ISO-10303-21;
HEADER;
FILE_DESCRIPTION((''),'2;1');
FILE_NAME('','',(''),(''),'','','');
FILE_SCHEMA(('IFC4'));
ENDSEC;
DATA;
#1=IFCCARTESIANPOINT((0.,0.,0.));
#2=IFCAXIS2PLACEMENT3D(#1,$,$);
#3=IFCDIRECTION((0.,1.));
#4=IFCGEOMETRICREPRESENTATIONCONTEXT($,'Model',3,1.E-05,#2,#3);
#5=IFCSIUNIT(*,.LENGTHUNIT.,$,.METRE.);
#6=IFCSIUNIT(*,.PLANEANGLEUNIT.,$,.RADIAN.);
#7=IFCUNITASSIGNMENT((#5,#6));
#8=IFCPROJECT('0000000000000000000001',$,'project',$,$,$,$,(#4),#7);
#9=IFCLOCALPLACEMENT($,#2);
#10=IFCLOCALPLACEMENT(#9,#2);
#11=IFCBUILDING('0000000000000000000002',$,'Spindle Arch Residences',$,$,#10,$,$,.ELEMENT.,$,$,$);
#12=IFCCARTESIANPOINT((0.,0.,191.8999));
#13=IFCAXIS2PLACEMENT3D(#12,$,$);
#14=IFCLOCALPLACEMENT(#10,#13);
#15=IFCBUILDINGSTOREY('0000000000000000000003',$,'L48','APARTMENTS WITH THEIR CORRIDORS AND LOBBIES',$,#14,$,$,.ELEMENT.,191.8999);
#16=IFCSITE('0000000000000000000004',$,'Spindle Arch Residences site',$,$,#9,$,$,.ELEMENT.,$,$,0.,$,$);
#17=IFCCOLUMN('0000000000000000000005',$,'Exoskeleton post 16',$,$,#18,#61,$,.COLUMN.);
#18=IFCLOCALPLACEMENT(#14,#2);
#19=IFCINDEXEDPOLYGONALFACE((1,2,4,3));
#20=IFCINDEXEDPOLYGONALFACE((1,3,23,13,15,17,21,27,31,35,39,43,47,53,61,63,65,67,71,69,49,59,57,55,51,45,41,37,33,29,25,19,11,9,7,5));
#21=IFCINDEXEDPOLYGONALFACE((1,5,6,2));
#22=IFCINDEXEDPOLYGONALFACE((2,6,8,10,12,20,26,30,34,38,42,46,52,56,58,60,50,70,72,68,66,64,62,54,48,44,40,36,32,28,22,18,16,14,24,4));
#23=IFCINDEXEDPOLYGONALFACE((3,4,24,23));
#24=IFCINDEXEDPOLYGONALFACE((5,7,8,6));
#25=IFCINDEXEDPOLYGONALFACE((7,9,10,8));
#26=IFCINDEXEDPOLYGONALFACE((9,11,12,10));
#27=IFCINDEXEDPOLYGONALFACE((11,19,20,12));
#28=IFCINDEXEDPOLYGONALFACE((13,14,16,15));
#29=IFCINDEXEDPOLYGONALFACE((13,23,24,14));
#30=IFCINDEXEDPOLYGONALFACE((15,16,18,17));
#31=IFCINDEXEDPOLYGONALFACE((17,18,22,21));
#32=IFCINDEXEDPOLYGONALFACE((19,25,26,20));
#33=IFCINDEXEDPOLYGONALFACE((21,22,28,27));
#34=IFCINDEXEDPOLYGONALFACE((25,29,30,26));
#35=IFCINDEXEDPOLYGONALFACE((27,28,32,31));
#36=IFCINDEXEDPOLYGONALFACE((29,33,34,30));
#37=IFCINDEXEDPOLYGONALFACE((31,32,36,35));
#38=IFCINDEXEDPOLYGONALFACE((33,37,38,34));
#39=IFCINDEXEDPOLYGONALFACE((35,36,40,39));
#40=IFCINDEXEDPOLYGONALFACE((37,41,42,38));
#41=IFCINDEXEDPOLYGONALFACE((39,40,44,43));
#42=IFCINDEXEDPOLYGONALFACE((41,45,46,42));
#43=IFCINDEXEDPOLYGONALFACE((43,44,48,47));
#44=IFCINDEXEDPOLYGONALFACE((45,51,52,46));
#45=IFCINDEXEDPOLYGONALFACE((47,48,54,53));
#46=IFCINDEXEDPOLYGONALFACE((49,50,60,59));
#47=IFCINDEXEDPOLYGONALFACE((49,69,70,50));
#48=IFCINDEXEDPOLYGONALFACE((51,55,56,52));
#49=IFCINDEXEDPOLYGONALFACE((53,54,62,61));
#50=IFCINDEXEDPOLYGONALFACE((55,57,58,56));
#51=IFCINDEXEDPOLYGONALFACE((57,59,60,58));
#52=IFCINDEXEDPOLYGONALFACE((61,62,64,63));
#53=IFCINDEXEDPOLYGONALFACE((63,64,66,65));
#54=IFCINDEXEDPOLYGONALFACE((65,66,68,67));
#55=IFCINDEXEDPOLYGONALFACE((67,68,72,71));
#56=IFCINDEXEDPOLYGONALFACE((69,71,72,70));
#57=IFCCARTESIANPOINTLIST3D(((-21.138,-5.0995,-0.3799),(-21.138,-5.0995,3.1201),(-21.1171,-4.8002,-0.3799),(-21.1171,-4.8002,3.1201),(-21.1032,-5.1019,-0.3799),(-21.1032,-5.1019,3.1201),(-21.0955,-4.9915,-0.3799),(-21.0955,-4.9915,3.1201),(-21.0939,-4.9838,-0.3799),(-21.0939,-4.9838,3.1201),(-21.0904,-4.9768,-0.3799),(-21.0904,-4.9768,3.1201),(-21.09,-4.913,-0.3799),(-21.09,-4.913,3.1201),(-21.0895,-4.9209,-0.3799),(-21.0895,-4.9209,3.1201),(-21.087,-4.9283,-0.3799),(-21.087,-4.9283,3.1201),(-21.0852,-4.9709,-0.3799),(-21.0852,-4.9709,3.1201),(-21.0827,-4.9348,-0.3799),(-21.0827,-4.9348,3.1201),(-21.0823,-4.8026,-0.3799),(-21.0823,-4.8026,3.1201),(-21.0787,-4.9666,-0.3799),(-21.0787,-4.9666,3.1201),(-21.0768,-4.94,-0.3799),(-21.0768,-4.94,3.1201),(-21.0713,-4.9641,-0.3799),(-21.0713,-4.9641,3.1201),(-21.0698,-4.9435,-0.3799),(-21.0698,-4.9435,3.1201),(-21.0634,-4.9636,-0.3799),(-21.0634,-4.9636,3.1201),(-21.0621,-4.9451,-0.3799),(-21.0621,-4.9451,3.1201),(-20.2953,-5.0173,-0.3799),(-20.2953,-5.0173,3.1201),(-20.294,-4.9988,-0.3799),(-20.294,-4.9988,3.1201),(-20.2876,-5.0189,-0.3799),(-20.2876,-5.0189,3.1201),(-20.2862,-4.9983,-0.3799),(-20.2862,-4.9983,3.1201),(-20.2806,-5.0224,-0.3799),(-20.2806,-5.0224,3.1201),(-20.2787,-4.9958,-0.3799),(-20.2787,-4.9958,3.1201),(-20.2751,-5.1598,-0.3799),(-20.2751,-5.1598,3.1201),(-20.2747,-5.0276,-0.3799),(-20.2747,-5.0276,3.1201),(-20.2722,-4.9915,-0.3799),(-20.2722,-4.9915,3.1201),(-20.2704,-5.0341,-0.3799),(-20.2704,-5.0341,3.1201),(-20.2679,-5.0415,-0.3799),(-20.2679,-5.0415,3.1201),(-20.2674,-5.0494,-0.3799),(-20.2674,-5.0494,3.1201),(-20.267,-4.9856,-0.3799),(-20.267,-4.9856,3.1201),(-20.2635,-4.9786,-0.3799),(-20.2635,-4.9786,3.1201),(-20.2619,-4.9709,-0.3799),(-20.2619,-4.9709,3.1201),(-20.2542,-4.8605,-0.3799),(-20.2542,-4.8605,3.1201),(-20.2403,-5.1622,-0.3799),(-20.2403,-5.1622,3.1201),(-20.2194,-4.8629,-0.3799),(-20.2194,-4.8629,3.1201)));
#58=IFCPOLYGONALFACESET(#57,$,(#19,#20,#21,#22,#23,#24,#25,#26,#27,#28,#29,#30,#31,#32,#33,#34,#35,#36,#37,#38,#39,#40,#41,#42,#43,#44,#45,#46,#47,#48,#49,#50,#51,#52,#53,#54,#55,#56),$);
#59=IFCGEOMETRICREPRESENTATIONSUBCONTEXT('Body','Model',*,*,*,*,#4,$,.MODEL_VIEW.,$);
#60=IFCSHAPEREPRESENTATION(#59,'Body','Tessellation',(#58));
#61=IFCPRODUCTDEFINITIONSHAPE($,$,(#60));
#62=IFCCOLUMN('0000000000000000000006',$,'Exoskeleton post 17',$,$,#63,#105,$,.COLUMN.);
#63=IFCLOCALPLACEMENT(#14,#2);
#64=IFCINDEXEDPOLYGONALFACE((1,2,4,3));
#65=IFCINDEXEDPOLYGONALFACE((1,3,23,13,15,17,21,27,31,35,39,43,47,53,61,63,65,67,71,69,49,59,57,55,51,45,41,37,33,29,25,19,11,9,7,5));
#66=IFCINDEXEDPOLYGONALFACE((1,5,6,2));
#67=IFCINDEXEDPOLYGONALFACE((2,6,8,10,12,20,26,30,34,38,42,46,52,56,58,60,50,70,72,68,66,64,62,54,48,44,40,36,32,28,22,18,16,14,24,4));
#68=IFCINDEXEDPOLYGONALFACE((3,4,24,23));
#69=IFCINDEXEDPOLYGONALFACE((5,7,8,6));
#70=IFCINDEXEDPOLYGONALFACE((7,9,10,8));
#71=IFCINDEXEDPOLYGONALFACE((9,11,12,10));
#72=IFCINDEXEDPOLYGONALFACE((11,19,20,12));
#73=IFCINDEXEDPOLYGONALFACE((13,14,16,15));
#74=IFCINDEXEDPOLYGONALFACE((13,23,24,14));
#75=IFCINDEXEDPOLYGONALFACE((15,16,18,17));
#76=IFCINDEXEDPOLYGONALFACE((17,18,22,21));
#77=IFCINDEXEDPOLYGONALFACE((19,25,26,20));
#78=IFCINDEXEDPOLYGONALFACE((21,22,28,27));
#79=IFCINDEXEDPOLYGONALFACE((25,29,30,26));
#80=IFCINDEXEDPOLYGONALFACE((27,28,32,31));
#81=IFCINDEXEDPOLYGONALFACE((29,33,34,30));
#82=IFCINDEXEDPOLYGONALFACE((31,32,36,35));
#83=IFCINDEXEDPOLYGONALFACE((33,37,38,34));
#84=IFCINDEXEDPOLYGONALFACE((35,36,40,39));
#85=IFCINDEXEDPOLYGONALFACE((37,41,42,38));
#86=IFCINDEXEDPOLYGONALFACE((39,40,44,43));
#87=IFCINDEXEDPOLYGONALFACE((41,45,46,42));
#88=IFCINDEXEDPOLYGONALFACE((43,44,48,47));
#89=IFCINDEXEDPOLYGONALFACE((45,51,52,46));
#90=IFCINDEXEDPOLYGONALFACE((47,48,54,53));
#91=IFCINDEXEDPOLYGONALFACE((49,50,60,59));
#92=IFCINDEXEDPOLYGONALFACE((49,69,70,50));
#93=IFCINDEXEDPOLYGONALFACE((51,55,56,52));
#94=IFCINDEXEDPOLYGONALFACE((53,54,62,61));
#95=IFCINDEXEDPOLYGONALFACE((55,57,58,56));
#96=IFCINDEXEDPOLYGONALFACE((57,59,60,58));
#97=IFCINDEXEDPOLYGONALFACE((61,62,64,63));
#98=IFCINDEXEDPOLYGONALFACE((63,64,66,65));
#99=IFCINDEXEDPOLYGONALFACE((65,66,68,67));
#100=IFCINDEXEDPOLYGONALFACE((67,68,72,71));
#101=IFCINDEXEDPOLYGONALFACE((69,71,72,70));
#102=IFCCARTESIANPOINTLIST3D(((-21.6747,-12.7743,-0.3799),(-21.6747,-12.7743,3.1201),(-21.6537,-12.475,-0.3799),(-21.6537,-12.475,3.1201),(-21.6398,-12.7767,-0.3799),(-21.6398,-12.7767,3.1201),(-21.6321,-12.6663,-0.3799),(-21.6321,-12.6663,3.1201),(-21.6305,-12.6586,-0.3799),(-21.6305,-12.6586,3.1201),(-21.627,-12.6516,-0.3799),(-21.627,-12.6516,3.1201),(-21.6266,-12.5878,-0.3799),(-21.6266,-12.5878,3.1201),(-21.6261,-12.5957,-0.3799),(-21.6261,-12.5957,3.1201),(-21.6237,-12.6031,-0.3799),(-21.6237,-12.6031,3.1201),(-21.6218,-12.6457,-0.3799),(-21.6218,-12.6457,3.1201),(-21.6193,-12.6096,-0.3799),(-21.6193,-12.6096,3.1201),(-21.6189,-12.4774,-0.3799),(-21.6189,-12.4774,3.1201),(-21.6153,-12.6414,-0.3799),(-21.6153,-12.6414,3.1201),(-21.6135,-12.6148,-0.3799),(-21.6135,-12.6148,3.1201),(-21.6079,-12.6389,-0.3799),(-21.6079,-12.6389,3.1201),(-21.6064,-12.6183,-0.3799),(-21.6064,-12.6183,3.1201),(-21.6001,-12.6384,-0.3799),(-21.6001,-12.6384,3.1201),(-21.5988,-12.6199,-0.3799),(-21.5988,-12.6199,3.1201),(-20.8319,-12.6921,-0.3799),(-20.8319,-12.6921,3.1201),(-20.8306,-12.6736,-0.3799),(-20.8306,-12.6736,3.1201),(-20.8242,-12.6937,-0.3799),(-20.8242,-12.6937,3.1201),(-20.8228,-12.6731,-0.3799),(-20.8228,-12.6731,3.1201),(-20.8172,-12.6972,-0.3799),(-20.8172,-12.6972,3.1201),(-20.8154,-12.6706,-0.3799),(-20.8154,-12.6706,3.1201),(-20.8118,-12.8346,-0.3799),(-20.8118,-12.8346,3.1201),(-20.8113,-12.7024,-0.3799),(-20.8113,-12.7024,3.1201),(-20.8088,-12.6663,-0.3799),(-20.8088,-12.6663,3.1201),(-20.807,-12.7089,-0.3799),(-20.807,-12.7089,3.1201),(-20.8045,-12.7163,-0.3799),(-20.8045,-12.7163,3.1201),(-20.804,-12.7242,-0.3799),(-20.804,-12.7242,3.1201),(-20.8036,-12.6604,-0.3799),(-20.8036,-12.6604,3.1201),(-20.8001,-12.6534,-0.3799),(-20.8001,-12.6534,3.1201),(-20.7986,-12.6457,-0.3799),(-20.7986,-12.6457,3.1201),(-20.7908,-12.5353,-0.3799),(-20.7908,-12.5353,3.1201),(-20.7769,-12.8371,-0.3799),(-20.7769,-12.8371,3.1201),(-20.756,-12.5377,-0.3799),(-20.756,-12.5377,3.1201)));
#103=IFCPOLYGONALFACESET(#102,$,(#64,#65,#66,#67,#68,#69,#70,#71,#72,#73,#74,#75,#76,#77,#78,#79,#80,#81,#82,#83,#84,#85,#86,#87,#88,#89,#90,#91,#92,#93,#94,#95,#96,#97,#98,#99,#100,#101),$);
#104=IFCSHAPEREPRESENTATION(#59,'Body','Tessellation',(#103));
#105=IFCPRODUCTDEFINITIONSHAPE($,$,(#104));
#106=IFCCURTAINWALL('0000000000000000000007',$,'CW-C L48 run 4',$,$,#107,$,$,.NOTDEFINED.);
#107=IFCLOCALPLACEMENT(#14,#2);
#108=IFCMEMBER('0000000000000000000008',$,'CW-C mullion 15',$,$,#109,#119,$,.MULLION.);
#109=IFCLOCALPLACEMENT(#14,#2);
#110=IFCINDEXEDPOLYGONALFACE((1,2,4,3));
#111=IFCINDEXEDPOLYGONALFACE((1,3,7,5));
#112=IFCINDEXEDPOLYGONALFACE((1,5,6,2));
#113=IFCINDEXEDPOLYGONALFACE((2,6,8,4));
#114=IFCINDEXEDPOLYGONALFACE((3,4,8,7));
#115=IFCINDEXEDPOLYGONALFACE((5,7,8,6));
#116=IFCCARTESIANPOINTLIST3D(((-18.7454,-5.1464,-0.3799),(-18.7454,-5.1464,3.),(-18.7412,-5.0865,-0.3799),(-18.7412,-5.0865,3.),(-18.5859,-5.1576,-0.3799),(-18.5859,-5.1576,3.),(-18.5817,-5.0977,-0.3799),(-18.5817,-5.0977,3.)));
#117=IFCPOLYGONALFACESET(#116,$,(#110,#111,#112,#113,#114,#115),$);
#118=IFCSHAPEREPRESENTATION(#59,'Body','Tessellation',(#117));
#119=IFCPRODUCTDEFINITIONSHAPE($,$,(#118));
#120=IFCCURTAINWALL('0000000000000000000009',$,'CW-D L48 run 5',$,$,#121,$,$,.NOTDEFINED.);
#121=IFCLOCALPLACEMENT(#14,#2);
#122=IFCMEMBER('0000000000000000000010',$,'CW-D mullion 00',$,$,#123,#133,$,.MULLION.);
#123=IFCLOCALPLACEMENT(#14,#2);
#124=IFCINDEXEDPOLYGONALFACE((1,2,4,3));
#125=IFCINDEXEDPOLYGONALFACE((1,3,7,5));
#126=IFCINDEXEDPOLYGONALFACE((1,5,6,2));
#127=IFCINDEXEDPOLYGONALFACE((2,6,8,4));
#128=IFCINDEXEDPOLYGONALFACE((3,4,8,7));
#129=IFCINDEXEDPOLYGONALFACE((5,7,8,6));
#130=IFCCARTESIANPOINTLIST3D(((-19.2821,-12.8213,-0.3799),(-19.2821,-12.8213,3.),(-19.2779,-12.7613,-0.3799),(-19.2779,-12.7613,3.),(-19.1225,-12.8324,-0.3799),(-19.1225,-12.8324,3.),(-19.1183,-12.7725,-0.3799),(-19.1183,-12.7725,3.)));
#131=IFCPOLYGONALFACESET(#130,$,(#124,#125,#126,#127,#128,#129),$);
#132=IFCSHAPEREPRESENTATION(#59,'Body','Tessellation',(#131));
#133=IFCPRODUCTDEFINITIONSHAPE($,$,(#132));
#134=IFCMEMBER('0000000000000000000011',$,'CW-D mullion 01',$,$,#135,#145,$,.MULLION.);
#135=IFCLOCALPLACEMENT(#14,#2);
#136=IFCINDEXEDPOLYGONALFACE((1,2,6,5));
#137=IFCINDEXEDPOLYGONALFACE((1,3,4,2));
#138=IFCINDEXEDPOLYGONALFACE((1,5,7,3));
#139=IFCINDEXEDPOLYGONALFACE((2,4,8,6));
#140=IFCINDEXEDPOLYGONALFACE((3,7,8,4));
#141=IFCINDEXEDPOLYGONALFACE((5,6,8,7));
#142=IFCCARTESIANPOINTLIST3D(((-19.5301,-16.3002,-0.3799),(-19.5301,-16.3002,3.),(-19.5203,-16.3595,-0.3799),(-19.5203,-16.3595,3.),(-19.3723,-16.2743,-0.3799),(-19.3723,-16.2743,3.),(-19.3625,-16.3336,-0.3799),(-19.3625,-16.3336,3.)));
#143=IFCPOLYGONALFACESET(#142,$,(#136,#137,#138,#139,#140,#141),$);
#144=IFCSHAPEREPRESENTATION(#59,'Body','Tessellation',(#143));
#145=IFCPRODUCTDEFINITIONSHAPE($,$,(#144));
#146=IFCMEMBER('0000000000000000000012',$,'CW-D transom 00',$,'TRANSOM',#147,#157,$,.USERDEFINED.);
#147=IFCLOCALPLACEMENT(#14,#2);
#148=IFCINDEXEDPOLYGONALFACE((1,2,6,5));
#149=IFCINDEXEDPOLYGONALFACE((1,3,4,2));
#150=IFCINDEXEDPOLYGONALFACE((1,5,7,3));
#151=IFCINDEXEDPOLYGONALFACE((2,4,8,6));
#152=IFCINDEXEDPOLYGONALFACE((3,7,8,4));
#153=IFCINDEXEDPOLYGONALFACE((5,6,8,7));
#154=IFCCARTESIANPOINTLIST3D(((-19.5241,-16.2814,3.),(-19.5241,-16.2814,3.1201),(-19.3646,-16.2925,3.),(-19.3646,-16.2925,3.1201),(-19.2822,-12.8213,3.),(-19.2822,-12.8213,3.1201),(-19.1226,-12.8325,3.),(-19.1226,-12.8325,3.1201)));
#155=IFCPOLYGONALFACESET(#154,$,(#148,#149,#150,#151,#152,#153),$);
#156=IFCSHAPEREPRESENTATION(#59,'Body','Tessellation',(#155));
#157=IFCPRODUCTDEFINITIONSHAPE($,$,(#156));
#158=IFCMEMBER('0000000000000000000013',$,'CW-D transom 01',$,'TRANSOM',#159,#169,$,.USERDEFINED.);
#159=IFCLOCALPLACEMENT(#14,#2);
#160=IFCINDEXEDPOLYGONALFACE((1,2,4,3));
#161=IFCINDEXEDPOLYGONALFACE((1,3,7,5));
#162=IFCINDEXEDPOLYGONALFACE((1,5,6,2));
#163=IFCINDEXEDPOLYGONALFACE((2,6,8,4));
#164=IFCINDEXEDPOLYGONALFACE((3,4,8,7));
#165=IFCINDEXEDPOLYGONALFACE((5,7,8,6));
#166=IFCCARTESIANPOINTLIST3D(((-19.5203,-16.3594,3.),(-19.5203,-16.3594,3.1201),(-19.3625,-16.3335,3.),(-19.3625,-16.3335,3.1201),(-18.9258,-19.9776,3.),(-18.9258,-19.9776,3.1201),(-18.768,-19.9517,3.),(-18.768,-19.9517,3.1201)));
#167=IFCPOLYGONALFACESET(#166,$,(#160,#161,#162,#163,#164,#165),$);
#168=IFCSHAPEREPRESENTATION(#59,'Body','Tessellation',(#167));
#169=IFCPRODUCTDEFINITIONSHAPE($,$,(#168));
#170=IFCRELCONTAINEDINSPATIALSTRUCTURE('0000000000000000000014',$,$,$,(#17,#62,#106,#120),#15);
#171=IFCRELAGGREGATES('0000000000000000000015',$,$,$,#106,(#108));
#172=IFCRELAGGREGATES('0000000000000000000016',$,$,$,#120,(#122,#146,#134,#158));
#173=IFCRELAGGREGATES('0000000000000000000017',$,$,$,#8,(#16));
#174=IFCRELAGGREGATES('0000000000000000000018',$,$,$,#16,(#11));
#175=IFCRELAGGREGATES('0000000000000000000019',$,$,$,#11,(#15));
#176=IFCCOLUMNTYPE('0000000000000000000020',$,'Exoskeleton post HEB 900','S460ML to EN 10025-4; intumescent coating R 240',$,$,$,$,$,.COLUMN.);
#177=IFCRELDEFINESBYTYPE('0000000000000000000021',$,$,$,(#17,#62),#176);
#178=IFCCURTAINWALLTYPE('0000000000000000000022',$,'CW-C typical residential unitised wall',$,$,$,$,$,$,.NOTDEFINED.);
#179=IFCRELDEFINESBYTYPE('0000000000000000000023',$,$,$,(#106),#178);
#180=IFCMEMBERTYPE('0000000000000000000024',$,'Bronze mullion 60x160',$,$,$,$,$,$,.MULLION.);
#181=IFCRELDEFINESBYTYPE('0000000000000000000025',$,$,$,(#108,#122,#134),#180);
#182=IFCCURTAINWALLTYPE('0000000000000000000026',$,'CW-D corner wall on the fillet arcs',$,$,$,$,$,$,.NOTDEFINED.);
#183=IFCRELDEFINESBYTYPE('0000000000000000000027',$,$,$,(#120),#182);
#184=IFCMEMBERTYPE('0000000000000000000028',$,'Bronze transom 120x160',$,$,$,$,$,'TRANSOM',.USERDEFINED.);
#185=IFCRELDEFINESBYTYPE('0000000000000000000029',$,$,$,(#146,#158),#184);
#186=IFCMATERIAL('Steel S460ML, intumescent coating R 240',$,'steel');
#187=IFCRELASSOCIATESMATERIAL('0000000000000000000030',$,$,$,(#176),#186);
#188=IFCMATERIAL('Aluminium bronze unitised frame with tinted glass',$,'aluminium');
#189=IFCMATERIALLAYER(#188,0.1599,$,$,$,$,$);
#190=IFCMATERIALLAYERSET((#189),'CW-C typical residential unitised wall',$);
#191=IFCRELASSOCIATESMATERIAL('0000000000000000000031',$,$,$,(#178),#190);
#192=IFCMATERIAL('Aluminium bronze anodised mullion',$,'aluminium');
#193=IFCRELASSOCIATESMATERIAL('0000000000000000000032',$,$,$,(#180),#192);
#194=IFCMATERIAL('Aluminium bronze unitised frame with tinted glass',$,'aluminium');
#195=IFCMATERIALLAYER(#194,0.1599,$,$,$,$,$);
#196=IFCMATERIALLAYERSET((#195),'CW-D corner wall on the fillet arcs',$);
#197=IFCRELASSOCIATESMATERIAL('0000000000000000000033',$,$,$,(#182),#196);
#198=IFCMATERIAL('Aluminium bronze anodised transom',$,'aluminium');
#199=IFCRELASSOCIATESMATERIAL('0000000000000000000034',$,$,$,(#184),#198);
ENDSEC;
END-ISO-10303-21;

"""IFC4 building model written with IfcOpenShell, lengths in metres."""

from ifc_helpers import new_model, si_unit, direction, frame, origin, origin_2d, place, context, subcontext, project, spatial, rectangle, i_section, extrude, material, layer, layer_set, material_profile, profile_set, type_object, element, aggregate, save


model = new_model("IFC4")

# Units and contexts
model_context = context("Model", 3, precision=1e-05, world=origin(), true_north=direction((0.0, 1.0)))
body_context = subcontext(model_context, "Body", "Model", "MODEL_VIEW")
ifc_project = project(units=[si_unit("LENGTHUNIT", "METRE"), si_unit("PLANEANGLEUNIT", "RADIAN")], contexts=[model_context])

# Site, building, storey
site_placement = place(None, origin())
site = spatial("IfcSite", under=ifc_project, at=site_placement, Name="Spindle Arch Residences site", CompositionType="ELEMENT", RefElevation=0.0)
building_placement = place(site_placement, origin())
building = spatial("IfcBuilding", under=site, at=building_placement, Name="Spindle Arch Residences", CompositionType="ELEMENT")
storey_placement = place(building_placement, frame((0.0, 0.0, 191.8999)))
storey = spatial("IfcBuildingStorey", under=building, at=storey_placement, Name="L48", Description="APARTMENTS WITH THEIR CORRIDORS AND LOBBIES", CompositionType="ELEMENT", Elevation=191.8999)

# Columns
ifc_material_1 = material(Name="Steel S460ML, intumescent coating R 240", Category="steel")
ifc_material_profile_1 = material_profile(ifc_material_1, i_section(OverallWidth=0.3, OverallDepth=0.8999, WebThickness=0.0186, FlangeThickness=0.0349, FilletRadius=0.03, at=origin_2d()), Name="HEB 900")
ifc_profile_set_1 = profile_set([ifc_material_profile_1], Name="Steel S460ML, intumescent coating R 240")
column_type = type_object("IfcColumnType", Name="Exoskeleton post HEB 900", Description="S460ML to EN 10025-4; intumescent coating R 240", PredefinedType="COLUMN", material=ifc_profile_set_1)
for number, where, z_axis, x_axis, name in (
    (1, (-20.6787, -4.9812, -0.3799), (0.0, 0.0, 1.0), (0.069756, 0.997564, 0.0), "Exoskeleton post 16"),
    (2, (-21.2153, -12.656, -0.3799), (0.0, 0.0, 1.0), (0.069756, 0.997564, 0.0), "Exoskeleton post 17"),
):
    element("IfcColumn", number, at=place(storey_placement, frame(where, z_axis=z_axis, x_axis=x_axis)), inside=storey, type_object=column_type, Name=name, PredefinedType="COLUMN", context=body_context, shape_type="SweptSolid", body=[
        extrude(i_section(OverallWidth=0.3, OverallDepth=0.8999, WebThickness=0.0186, FlangeThickness=0.0349, FilletRadius=0.03, at=origin_2d()), origin(), (0.0, 0.0, 1.0), 3.5),
    ])

# Curtain wall, member
ifc_material_2 = material(Name="Aluminium bronze unitised frame with tinted glass", Category="aluminium")
ifc_layer_1 = layer(ifc_material_2, 0.1599)
ifc_layer_set_1 = layer_set([ifc_layer_1], Name="CW-C typical residential unitised wall")
curtain_wall_type_1 = type_object("IfcCurtainWallType", Name="CW-C typical residential unitised wall", PredefinedType="NOTDEFINED", material=ifc_layer_set_1)
curtain_wall_1_placement = place(storey_placement, origin())
curtain_wall_1 = element("IfcCurtainWall", 3, at=curtain_wall_1_placement, inside=storey, type_object=curtain_wall_type_1, Name="CW-C L48 run 4", PredefinedType="NOTDEFINED")
ifc_material_3 = material(Name="Aluminium bronze anodised mullion", Category="aluminium")
ifc_material_profile_2 = material_profile(ifc_material_3, rectangle(XDim=0.1599, YDim=0.0601, at=origin_2d()), Name="MU 60x160")
ifc_profile_set_2 = profile_set([ifc_material_profile_2], Name="Aluminium bronze anodised mullion")
member_type_1 = type_object("IfcMemberType", Name="Bronze mullion 60x160", PredefinedType="MULLION", material=ifc_profile_set_2)
member_1_placement = place(storey_placement, frame((-18.6636, -5.1221, -0.3799), z_axis=(0.0, 0.0, 1.0), x_axis=(0.997564, -0.069756, 0.0)))
member_1 = element("IfcMember", 4, at=member_1_placement, type_object=member_type_1, Name="CW-C mullion 15", PredefinedType="MULLION", context=body_context, shape_type="SweptSolid", body=[
    extrude(rectangle(XDim=0.1599, YDim=0.0601, at=origin_2d()), origin(), (0.0, 0.0, 1.0), 3.3799),
])

# Curtain wall, members
ifc_material_4 = material(Name="Aluminium bronze unitised frame with tinted glass", Category="aluminium")
ifc_layer_2 = layer(ifc_material_4, 0.1599)
ifc_layer_set_2 = layer_set([ifc_layer_2], Name="CW-D corner wall on the fillet arcs")
curtain_wall_type_2 = type_object("IfcCurtainWallType", Name="CW-D corner wall on the fillet arcs", PredefinedType="NOTDEFINED", material=ifc_layer_set_2)
curtain_wall_2_placement = place(storey_placement, origin())
curtain_wall_2 = element("IfcCurtainWall", 5, at=curtain_wall_2_placement, inside=storey, type_object=curtain_wall_type_2, Name="CW-D L48 run 5", PredefinedType="NOTDEFINED")
member_2_placement = place(storey_placement, frame((-19.2002, -12.7969, -0.3799), z_axis=(0.0, 0.0, 1.0), x_axis=(0.997564, -0.069756, 0.0)))
member_2 = element("IfcMember", 6, at=member_2_placement, type_object=member_type_1, Name="CW-D mullion 00", PredefinedType="MULLION", context=body_context, shape_type="SweptSolid", body=[
    extrude(rectangle(XDim=0.1599, YDim=0.0601, at=origin_2d()), origin(), (0.0, 0.0, 1.0), 3.3799),
])
member_3_placement = place(storey_placement, frame((-19.4463, -16.3169, -0.3799), z_axis=(0.0, 0.0, 1.0), x_axis=(0.986762, 0.162178, 0.0)))
member_3 = element("IfcMember", 7, at=member_3_placement, type_object=member_type_1, Name="CW-D mullion 01", PredefinedType="MULLION", context=body_context, shape_type="SweptSolid", body=[
    extrude(rectangle(XDim=0.1599, YDim=0.0601, at=origin_2d()), origin(), (0.0, 0.0, 1.0), 3.3799),
])
ifc_material_5 = material(Name="Aluminium bronze anodised transom", Category="aluminium")
ifc_material_profile_3 = material_profile(ifc_material_5, rectangle(XDim=0.1599, YDim=0.1201, at=origin_2d()), Name="TR 120x160")
ifc_profile_set_3 = profile_set([ifc_material_profile_3], Name="Aluminium bronze anodised transom")
member_type_2 = type_object("IfcMemberType", Name="Bronze transom 120x160", ElementType="TRANSOM", PredefinedType="USERDEFINED", material=ifc_profile_set_3)
member_4_placement = place(storey_placement, frame((-19.2024, -12.8269, 3.0601), z_axis=(-0.069756, -0.997564, 0.0), x_axis=(0.997564, -0.069756, 0.0)))
member_4 = element("IfcMember", 8, at=member_4_placement, type_object=member_type_2, Name="CW-D transom 00", ObjectType="TRANSOM", PredefinedType="USERDEFINED", context=body_context, shape_type="SweptSolid", body=[
    extrude(rectangle(XDim=0.1599, YDim=0.1201, at=origin_2d()), origin(), (0.0, 0.0, 1.0), 3.4685),
])
member_5_placement = place(storey_placement, frame((-19.4414, -16.3464, 3.0601), z_axis=(0.162131, -0.986769, 0.0), x_axis=(0.986769, 0.162131, 0.0)))
member_5 = element("IfcMember", 9, at=member_5_placement, type_object=member_type_2, Name="CW-D transom 01", ObjectType="TRANSOM", PredefinedType="USERDEFINED", context=body_context, shape_type="SweptSolid", body=[
    extrude(rectangle(XDim=0.1599, YDim=0.1201, at=origin_2d()), origin(), (0.0, 0.0, 1.0), 3.6667),
])

aggregate(curtain_wall_1, [member_1])
aggregate(curtain_wall_2, [member_2, member_4, member_3, member_5])

save(model, "model.ifc")
